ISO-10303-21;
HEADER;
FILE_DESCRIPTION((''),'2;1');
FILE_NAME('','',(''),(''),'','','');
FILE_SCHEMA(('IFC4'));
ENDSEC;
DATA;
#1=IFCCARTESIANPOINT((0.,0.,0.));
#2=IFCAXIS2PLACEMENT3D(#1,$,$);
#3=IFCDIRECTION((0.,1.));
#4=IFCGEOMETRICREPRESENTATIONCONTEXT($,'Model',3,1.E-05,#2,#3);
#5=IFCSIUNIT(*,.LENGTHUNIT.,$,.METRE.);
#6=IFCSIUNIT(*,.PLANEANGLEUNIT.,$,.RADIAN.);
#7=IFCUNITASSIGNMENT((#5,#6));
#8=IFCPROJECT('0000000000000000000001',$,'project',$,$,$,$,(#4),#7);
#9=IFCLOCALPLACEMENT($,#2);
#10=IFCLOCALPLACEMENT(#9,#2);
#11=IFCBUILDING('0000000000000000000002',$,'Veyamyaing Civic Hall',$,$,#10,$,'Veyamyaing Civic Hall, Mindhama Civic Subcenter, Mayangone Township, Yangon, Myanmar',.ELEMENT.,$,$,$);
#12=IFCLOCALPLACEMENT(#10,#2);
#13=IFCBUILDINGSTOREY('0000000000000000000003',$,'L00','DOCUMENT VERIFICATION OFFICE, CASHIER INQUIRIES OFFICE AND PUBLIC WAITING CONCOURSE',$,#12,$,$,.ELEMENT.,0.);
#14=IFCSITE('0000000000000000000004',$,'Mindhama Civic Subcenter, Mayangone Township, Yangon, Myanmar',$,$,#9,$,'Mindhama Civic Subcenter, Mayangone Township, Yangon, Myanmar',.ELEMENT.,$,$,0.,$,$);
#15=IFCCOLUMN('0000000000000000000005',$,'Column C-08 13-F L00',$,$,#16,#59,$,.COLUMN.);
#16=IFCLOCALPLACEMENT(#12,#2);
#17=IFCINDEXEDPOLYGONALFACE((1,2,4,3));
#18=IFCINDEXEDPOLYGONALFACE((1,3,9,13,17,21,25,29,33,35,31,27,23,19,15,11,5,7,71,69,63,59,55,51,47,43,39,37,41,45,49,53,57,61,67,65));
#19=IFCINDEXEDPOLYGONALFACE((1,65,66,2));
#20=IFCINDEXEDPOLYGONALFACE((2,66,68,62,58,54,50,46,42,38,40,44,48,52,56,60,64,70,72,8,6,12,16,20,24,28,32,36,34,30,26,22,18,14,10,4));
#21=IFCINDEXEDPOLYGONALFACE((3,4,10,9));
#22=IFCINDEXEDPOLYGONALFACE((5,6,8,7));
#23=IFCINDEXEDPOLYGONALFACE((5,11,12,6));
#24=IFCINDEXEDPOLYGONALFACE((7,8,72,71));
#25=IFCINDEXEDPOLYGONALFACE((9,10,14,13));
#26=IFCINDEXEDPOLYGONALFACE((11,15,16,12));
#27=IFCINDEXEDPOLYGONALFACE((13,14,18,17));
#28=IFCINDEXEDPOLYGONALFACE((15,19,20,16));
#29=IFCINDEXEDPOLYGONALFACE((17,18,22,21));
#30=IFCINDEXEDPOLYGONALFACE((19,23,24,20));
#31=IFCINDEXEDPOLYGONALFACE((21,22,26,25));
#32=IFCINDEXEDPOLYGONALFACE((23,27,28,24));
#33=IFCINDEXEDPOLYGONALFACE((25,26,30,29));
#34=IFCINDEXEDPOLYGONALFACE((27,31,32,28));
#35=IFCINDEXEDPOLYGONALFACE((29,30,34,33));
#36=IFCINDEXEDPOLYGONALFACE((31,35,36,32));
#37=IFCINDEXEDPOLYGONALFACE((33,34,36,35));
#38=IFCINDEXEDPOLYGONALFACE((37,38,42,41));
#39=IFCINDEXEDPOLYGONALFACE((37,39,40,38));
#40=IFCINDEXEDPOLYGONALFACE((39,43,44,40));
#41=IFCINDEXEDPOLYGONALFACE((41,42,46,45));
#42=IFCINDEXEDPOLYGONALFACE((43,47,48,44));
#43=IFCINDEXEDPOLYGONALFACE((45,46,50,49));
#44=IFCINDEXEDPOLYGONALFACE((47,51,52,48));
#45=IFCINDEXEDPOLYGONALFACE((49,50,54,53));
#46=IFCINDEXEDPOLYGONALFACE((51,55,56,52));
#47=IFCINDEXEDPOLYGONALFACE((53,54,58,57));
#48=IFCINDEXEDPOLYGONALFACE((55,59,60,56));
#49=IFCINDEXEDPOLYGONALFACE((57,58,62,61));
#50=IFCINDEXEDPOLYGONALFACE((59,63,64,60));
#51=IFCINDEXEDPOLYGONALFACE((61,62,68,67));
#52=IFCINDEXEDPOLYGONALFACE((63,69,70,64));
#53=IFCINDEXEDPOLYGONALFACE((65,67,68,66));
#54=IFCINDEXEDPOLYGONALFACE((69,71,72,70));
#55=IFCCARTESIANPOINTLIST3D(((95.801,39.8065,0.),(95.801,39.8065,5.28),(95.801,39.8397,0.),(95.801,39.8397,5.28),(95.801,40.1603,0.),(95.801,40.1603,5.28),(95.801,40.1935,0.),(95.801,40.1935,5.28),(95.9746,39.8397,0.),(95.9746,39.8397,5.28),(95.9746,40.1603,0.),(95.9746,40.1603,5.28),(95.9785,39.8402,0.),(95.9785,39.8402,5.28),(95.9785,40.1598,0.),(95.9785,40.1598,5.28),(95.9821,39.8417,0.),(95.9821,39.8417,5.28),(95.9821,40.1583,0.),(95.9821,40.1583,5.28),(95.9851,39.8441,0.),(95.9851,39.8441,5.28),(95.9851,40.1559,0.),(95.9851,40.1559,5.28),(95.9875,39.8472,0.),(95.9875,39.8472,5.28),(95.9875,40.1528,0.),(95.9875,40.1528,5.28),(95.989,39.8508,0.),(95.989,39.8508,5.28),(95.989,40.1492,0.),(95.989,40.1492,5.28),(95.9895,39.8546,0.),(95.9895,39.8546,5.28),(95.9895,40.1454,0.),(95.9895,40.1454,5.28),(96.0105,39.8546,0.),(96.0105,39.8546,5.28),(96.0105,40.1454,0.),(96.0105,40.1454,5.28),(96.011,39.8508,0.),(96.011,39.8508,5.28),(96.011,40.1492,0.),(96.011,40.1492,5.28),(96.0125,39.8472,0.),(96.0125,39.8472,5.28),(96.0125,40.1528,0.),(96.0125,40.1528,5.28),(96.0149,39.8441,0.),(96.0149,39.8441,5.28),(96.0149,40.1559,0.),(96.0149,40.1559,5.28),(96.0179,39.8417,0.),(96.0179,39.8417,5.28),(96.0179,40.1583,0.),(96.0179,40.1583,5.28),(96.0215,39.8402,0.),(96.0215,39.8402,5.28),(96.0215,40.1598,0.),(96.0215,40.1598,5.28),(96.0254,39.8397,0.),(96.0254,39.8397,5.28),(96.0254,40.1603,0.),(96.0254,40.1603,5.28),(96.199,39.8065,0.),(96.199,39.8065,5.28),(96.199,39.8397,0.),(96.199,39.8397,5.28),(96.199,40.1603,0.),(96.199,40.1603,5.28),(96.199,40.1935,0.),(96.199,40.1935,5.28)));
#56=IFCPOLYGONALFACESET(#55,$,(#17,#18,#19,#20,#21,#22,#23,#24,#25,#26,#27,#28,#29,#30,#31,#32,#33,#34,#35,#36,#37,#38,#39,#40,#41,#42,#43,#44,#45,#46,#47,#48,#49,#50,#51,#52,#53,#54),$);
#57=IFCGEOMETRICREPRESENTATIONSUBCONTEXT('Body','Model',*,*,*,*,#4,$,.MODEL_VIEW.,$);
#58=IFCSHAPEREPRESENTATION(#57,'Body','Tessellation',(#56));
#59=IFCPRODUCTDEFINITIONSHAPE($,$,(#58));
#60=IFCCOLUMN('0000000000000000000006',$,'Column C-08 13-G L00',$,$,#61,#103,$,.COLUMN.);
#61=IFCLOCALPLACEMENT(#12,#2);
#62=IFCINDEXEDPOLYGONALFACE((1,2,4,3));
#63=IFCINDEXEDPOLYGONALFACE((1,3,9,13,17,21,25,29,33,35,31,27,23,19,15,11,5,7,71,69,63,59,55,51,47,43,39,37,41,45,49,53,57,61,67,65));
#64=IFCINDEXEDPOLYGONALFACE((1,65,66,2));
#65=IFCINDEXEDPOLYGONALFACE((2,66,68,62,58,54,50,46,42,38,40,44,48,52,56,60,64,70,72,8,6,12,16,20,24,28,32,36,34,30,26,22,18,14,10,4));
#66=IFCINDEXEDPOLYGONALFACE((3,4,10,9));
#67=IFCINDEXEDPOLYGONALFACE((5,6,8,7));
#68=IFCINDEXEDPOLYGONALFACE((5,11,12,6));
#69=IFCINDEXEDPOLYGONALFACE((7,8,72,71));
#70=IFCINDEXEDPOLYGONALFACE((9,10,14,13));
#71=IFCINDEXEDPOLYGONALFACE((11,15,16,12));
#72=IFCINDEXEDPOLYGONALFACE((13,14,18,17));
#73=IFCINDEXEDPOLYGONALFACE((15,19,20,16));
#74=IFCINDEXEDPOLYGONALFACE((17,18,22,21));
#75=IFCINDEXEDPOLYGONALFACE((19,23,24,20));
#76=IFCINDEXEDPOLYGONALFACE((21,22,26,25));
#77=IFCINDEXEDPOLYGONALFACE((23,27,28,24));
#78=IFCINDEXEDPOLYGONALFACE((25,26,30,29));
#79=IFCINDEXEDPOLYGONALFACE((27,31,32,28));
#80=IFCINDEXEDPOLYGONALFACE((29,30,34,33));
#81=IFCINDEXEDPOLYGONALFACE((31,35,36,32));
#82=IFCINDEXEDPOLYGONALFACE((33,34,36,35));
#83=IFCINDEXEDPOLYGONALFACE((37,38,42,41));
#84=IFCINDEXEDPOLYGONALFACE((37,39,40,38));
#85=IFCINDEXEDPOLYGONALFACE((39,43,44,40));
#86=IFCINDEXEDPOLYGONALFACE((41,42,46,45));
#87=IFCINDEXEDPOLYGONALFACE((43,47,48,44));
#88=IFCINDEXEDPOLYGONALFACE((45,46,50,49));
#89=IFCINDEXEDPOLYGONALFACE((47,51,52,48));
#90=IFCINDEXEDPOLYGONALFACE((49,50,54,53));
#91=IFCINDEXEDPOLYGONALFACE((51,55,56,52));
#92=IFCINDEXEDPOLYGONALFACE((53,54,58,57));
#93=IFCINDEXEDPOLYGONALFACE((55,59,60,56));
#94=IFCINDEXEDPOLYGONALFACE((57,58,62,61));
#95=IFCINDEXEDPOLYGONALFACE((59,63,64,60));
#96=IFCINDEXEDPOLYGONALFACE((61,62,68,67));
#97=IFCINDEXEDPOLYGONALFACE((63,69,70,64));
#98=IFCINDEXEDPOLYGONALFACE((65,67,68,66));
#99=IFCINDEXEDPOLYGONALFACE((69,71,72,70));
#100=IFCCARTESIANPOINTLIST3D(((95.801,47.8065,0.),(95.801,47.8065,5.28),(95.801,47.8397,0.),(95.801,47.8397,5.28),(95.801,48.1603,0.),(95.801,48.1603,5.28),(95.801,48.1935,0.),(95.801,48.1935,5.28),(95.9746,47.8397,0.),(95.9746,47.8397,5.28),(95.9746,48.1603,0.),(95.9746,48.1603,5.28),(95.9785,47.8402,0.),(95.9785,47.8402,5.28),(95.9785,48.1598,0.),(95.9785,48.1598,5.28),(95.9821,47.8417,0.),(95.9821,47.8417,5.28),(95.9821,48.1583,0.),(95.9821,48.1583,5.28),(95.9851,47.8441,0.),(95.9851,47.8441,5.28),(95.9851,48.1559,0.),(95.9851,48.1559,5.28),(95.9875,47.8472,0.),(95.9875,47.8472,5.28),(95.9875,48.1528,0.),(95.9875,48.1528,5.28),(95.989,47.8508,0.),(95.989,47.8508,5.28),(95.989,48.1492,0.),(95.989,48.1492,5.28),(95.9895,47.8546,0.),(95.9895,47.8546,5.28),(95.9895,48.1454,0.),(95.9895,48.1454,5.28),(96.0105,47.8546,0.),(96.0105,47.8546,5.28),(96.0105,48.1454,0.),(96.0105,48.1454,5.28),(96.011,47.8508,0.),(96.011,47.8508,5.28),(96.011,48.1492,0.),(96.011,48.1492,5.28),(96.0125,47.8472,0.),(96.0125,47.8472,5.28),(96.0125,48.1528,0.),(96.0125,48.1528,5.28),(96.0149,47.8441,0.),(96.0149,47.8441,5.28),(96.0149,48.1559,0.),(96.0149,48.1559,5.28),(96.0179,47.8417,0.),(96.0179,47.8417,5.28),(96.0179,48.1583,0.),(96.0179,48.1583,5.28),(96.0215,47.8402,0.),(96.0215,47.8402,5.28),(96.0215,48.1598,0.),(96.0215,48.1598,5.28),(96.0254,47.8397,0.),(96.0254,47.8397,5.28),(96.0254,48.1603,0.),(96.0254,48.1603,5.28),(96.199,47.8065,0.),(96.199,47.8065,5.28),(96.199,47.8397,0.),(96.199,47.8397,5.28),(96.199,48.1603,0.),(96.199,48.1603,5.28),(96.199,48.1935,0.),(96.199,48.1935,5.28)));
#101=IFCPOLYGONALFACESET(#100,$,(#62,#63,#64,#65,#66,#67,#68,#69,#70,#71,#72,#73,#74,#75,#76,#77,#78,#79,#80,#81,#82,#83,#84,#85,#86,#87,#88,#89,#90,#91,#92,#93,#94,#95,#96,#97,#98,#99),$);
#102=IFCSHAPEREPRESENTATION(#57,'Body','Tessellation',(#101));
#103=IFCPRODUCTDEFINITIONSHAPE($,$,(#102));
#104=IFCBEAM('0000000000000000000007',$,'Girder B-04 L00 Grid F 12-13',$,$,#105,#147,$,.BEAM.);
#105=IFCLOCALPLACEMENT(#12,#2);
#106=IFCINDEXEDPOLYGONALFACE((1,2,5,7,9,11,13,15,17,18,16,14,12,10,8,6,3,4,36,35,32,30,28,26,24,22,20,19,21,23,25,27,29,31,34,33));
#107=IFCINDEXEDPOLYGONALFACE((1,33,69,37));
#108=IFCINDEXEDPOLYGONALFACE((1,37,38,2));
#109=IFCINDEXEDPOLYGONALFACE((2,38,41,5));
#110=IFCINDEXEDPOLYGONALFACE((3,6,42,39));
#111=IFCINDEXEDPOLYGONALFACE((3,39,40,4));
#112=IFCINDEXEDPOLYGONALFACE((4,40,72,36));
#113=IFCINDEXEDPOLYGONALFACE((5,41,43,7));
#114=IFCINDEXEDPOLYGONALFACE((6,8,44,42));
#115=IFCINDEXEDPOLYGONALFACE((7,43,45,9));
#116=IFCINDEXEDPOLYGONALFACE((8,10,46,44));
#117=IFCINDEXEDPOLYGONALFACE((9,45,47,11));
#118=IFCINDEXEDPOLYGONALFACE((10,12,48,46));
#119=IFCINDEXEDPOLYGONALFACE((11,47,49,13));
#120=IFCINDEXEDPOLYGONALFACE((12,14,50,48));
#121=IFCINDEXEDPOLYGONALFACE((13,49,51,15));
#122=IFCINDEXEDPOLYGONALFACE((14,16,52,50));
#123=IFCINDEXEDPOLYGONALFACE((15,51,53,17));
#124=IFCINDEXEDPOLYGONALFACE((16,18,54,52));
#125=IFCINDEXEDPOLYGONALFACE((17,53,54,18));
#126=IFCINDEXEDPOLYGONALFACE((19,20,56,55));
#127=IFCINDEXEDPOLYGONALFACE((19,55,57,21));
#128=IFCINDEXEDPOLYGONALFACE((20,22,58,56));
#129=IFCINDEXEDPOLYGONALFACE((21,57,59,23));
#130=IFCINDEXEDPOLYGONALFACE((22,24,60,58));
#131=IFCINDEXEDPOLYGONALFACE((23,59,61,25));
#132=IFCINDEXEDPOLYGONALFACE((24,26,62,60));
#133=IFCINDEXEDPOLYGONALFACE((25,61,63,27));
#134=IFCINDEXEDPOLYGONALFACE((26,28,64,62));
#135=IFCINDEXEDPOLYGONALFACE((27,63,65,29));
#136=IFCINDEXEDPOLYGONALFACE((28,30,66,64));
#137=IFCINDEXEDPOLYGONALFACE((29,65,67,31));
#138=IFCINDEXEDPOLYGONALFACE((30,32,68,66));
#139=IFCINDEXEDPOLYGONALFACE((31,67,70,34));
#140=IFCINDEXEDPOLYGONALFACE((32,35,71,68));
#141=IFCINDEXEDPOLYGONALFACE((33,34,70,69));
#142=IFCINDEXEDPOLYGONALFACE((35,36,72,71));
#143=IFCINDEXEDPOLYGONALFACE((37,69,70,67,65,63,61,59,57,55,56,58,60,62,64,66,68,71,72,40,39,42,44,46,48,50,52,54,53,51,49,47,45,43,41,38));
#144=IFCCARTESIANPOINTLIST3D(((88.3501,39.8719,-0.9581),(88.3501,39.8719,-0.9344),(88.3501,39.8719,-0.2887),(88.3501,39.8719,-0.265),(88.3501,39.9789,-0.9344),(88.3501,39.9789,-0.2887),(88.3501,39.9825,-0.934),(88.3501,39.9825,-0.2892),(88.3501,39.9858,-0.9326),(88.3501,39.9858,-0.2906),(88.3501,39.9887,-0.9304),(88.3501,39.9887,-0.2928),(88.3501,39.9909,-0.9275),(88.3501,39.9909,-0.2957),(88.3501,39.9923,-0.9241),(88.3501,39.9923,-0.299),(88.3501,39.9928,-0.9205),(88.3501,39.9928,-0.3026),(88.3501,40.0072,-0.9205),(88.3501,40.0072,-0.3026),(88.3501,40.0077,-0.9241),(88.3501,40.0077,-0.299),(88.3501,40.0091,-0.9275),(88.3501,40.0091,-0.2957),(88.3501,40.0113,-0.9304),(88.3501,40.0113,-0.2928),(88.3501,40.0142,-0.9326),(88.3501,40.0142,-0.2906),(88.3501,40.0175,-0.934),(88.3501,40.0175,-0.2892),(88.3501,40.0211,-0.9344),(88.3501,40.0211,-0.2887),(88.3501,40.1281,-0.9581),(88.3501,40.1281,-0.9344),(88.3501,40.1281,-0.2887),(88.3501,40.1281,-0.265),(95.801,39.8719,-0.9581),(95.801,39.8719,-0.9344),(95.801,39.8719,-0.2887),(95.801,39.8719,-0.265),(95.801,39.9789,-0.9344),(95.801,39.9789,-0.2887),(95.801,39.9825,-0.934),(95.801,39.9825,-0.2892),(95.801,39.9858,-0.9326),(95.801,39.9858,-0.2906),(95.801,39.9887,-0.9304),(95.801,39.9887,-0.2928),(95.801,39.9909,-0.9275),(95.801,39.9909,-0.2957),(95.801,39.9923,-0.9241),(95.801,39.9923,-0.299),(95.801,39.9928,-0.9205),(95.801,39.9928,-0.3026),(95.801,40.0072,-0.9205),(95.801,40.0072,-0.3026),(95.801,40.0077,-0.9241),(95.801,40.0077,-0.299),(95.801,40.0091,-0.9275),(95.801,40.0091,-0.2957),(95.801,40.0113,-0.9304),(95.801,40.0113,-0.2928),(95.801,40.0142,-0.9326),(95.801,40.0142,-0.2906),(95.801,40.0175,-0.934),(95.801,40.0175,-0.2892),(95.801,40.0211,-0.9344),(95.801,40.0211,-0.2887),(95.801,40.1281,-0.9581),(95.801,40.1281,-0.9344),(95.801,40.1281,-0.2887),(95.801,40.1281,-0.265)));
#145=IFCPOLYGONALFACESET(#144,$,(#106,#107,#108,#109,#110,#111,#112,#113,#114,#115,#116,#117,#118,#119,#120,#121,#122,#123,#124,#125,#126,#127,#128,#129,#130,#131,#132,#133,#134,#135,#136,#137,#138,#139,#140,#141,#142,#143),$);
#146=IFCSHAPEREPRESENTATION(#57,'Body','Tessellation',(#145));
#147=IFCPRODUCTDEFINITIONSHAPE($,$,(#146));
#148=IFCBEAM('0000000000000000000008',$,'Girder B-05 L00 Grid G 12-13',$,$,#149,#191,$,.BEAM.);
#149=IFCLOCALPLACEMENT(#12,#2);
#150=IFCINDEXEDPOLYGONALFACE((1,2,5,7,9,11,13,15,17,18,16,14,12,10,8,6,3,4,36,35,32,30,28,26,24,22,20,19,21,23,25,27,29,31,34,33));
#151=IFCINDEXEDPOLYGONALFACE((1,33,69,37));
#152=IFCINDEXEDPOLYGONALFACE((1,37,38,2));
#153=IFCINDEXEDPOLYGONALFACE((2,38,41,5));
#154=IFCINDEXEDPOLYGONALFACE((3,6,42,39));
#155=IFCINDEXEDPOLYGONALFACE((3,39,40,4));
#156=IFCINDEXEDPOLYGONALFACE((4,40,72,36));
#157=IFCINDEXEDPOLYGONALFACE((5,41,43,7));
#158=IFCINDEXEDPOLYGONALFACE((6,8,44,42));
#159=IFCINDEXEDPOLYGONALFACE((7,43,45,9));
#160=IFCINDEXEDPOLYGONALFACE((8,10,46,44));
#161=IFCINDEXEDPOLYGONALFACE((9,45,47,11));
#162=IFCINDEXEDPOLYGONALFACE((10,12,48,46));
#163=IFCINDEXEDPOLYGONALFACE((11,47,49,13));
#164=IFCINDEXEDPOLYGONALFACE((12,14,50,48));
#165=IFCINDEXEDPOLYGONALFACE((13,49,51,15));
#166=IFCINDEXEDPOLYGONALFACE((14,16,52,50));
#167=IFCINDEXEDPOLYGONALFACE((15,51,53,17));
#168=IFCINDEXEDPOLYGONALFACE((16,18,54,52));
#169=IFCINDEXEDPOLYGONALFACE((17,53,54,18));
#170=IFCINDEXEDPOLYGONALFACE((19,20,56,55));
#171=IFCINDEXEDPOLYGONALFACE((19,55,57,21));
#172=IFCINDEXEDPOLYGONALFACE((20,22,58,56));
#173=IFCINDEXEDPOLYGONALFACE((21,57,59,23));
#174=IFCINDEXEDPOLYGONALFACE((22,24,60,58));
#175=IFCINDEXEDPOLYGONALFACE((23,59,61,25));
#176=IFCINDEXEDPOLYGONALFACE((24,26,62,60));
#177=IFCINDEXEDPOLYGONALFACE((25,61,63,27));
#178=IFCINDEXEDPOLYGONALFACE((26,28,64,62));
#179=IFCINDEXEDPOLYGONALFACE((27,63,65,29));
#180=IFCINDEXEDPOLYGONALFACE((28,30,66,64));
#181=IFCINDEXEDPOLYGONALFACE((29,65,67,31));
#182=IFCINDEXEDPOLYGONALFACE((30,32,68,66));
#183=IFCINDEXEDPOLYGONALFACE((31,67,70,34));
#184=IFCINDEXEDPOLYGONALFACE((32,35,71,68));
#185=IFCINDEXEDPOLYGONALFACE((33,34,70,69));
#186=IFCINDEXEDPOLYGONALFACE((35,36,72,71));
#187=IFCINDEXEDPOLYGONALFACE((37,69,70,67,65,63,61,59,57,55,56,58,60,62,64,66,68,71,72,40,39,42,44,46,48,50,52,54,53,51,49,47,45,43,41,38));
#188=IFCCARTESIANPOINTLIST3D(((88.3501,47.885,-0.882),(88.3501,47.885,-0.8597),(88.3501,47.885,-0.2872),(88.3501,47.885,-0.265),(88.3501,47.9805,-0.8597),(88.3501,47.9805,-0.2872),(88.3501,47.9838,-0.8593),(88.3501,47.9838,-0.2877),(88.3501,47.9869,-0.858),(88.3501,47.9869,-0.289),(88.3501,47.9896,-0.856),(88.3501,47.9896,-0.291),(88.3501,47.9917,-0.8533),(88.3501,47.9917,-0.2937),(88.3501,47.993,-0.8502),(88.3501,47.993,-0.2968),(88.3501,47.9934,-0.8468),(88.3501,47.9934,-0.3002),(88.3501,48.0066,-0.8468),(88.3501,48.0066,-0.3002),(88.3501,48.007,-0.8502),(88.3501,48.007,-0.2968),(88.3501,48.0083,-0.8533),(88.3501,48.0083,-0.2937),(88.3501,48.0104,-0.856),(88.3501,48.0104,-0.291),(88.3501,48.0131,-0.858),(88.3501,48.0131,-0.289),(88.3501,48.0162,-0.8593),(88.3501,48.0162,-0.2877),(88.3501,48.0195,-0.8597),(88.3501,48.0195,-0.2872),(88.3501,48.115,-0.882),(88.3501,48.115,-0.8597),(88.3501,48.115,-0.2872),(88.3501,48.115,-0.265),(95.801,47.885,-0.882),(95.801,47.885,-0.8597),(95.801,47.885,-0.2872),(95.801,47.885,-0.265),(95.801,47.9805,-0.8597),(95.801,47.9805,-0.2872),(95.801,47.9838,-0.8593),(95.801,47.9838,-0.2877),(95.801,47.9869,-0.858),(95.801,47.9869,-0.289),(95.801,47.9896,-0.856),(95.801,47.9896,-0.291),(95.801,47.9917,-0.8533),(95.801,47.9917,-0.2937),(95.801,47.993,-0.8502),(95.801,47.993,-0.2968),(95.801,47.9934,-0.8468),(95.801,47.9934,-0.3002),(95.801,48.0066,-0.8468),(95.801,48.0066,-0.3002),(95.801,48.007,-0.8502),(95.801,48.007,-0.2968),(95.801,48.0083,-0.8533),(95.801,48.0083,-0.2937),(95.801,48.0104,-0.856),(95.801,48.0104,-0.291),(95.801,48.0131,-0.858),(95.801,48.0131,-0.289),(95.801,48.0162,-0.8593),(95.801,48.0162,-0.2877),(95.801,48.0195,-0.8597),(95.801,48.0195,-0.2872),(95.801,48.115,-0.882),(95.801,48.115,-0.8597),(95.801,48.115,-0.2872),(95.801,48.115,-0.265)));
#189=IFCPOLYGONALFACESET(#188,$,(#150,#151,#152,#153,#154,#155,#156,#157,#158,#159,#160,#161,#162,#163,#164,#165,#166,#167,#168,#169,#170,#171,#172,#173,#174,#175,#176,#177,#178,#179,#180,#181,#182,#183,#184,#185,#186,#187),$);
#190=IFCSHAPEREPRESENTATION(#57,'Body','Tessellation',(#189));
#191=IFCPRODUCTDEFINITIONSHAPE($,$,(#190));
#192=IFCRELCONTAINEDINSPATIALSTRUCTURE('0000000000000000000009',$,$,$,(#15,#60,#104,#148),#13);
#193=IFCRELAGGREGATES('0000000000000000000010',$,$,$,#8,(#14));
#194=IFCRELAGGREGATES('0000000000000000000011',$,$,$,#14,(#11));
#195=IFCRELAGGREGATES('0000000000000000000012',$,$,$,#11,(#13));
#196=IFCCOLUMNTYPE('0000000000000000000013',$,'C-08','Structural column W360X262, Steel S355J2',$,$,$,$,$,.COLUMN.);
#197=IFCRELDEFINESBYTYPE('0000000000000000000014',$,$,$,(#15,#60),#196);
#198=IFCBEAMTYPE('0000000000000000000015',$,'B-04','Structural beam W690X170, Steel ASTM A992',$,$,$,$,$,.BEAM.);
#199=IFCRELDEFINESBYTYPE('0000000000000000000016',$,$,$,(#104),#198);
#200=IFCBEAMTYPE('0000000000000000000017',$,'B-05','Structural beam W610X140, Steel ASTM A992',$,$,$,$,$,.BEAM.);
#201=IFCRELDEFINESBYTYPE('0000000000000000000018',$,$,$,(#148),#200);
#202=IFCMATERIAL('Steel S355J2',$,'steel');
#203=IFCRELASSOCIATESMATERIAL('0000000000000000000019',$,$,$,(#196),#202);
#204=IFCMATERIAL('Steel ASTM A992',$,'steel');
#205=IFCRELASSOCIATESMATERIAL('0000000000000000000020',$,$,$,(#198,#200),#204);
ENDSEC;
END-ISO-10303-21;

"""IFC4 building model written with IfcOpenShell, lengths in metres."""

from ifc_helpers import new_model, si_unit, direction, frame, origin, origin_2d, place, context, subcontext, project, spatial, i_section, extrude, material, material_profile, profile_set, type_object, element, save


model = new_model("IFC4")

# Units and contexts
model_context = context("Model", 3, precision=1e-05, world=origin(), true_north=direction((0.0, 1.0)))
body_context = subcontext(model_context, "Body", "Model", "MODEL_VIEW")
ifc_project = project(units=[si_unit("LENGTHUNIT", "METRE"), si_unit("PLANEANGLEUNIT", "RADIAN")], contexts=[model_context])

# Site, building, storey
site_placement = place(None, origin())
site = spatial("IfcSite", under=ifc_project, at=site_placement, Name="Mindhama Civic Subcenter, Mayangone Township, Yangon, Myanmar", LongName="Mindhama Civic Subcenter, Mayangone Township, Yangon, Myanmar", CompositionType="ELEMENT", RefElevation=0.0)
building_placement = place(site_placement, origin())
building = spatial("IfcBuilding", under=site, at=building_placement, Name="Veyamyaing Civic Hall", LongName="Veyamyaing Civic Hall, Mindhama Civic Subcenter, Mayangone Township, Yangon, Myanmar", CompositionType="ELEMENT")
storey_placement = place(building_placement, origin())
storey = spatial("IfcBuildingStorey", under=building, at=storey_placement, Name="L00", Description="DOCUMENT VERIFICATION OFFICE, CASHIER INQUIRIES OFFICE AND PUBLIC WAITING CONCOURSE", CompositionType="ELEMENT", Elevation=0.0)

# Columns
ifc_material_1 = material(Name="Steel S355J2", Category="steel")
ifc_material_profile_1 = material_profile(ifc_material_1, i_section(OverallWidth=0.3979, OverallDepth=0.387, WebThickness=0.021, FlangeThickness=0.0332, FilletRadius=0.0149, at=origin_2d()), Name="W360X262")
ifc_profile_set_1 = profile_set([ifc_material_profile_1], Name="Steel S355J2")
column_type = type_object("IfcColumnType", Name="C-08", Description="Structural column W360X262, Steel S355J2", PredefinedType="COLUMN", material=ifc_profile_set_1)
for number, where, z_axis, x_axis, name in (
    (1, (96.0, 40.0, 0.0), (0.0, 0.0, 1.0), (1.0, 0.0, 0.0), "Column C-08 13-F L00"),
    (2, (96.0, 48.0, 0.0), (0.0, 0.0, 1.0), (1.0, 0.0, 0.0), "Column C-08 13-G L00"),
):
    element("IfcColumn", number, at=place(storey_placement, frame(where, z_axis=z_axis, x_axis=x_axis)), inside=storey, type_object=column_type, Name=name, PredefinedType="COLUMN", context=body_context, shape_type="SweptSolid", body=[
        extrude(i_section(OverallWidth=0.3979, OverallDepth=0.387, WebThickness=0.021, FlangeThickness=0.0332, FilletRadius=0.0149, at=origin_2d()), origin(), (0.0, 0.0, 1.0), 5.28),
    ])

# Beams
ifc_material_2 = material(Name="Steel ASTM A992", Category="steel")
ifc_material_profile_2 = material_profile(ifc_material_2, i_section(OverallWidth=0.2561, OverallDepth=0.6931, WebThickness=0.0144, FlangeThickness=0.0237, FilletRadius=0.0139, at=origin_2d()), Name="W690X170")
ifc_profile_set_2 = profile_set([ifc_material_profile_2], Name="Steel ASTM A992")
beam_type_1 = type_object("IfcBeamType", Name="B-04", Description="Structural beam W690X170, Steel ASTM A992", PredefinedType="BEAM", material=ifc_profile_set_2)
beam_1_placement = place(storey_placement, frame((88.3501, 40.0, -0.6116), z_axis=(1.0, 0.0, 0.0), x_axis=(0.0, 1.0, 0.0)))
element("IfcBeam", 3, at=beam_1_placement, inside=storey, type_object=beam_type_1, Name="Girder B-04 L00 Grid F 12-13", PredefinedType="BEAM", context=body_context, shape_type="SweptSolid", body=[
    extrude(i_section(OverallWidth=0.2561, OverallDepth=0.6931, WebThickness=0.0144, FlangeThickness=0.0237, FilletRadius=0.0139, at=origin_2d()), origin(), (0.0, 0.0, 1.0), 7.4509),
])
ifc_material_profile_3 = material_profile(ifc_material_2, i_section(OverallWidth=0.23, OverallDepth=0.6169, WebThickness=0.0132, FlangeThickness=0.0222, FilletRadius=0.0129, at=origin_2d()), Name="W610X140")
ifc_profile_set_3 = profile_set([ifc_material_profile_3], Name="Steel ASTM A992")
beam_type_2 = type_object("IfcBeamType", Name="B-05", Description="Structural beam W610X140, Steel ASTM A992", PredefinedType="BEAM", material=ifc_profile_set_3)
beam_2_placement = place(storey_placement, frame((88.3501, 48.0, -0.5735), z_axis=(1.0, 0.0, 0.0), x_axis=(0.0, 1.0, 0.0)))
element("IfcBeam", 4, at=beam_2_placement, inside=storey, type_object=beam_type_2, Name="Girder B-05 L00 Grid G 12-13", PredefinedType="BEAM", context=body_context, shape_type="SweptSolid", body=[
    extrude(i_section(OverallWidth=0.23, OverallDepth=0.6169, WebThickness=0.0132, FlangeThickness=0.0222, FilletRadius=0.0129, at=origin_2d()), origin(), (0.0, 0.0, 1.0), 7.4509),
])

save(model, "model.ifc")
